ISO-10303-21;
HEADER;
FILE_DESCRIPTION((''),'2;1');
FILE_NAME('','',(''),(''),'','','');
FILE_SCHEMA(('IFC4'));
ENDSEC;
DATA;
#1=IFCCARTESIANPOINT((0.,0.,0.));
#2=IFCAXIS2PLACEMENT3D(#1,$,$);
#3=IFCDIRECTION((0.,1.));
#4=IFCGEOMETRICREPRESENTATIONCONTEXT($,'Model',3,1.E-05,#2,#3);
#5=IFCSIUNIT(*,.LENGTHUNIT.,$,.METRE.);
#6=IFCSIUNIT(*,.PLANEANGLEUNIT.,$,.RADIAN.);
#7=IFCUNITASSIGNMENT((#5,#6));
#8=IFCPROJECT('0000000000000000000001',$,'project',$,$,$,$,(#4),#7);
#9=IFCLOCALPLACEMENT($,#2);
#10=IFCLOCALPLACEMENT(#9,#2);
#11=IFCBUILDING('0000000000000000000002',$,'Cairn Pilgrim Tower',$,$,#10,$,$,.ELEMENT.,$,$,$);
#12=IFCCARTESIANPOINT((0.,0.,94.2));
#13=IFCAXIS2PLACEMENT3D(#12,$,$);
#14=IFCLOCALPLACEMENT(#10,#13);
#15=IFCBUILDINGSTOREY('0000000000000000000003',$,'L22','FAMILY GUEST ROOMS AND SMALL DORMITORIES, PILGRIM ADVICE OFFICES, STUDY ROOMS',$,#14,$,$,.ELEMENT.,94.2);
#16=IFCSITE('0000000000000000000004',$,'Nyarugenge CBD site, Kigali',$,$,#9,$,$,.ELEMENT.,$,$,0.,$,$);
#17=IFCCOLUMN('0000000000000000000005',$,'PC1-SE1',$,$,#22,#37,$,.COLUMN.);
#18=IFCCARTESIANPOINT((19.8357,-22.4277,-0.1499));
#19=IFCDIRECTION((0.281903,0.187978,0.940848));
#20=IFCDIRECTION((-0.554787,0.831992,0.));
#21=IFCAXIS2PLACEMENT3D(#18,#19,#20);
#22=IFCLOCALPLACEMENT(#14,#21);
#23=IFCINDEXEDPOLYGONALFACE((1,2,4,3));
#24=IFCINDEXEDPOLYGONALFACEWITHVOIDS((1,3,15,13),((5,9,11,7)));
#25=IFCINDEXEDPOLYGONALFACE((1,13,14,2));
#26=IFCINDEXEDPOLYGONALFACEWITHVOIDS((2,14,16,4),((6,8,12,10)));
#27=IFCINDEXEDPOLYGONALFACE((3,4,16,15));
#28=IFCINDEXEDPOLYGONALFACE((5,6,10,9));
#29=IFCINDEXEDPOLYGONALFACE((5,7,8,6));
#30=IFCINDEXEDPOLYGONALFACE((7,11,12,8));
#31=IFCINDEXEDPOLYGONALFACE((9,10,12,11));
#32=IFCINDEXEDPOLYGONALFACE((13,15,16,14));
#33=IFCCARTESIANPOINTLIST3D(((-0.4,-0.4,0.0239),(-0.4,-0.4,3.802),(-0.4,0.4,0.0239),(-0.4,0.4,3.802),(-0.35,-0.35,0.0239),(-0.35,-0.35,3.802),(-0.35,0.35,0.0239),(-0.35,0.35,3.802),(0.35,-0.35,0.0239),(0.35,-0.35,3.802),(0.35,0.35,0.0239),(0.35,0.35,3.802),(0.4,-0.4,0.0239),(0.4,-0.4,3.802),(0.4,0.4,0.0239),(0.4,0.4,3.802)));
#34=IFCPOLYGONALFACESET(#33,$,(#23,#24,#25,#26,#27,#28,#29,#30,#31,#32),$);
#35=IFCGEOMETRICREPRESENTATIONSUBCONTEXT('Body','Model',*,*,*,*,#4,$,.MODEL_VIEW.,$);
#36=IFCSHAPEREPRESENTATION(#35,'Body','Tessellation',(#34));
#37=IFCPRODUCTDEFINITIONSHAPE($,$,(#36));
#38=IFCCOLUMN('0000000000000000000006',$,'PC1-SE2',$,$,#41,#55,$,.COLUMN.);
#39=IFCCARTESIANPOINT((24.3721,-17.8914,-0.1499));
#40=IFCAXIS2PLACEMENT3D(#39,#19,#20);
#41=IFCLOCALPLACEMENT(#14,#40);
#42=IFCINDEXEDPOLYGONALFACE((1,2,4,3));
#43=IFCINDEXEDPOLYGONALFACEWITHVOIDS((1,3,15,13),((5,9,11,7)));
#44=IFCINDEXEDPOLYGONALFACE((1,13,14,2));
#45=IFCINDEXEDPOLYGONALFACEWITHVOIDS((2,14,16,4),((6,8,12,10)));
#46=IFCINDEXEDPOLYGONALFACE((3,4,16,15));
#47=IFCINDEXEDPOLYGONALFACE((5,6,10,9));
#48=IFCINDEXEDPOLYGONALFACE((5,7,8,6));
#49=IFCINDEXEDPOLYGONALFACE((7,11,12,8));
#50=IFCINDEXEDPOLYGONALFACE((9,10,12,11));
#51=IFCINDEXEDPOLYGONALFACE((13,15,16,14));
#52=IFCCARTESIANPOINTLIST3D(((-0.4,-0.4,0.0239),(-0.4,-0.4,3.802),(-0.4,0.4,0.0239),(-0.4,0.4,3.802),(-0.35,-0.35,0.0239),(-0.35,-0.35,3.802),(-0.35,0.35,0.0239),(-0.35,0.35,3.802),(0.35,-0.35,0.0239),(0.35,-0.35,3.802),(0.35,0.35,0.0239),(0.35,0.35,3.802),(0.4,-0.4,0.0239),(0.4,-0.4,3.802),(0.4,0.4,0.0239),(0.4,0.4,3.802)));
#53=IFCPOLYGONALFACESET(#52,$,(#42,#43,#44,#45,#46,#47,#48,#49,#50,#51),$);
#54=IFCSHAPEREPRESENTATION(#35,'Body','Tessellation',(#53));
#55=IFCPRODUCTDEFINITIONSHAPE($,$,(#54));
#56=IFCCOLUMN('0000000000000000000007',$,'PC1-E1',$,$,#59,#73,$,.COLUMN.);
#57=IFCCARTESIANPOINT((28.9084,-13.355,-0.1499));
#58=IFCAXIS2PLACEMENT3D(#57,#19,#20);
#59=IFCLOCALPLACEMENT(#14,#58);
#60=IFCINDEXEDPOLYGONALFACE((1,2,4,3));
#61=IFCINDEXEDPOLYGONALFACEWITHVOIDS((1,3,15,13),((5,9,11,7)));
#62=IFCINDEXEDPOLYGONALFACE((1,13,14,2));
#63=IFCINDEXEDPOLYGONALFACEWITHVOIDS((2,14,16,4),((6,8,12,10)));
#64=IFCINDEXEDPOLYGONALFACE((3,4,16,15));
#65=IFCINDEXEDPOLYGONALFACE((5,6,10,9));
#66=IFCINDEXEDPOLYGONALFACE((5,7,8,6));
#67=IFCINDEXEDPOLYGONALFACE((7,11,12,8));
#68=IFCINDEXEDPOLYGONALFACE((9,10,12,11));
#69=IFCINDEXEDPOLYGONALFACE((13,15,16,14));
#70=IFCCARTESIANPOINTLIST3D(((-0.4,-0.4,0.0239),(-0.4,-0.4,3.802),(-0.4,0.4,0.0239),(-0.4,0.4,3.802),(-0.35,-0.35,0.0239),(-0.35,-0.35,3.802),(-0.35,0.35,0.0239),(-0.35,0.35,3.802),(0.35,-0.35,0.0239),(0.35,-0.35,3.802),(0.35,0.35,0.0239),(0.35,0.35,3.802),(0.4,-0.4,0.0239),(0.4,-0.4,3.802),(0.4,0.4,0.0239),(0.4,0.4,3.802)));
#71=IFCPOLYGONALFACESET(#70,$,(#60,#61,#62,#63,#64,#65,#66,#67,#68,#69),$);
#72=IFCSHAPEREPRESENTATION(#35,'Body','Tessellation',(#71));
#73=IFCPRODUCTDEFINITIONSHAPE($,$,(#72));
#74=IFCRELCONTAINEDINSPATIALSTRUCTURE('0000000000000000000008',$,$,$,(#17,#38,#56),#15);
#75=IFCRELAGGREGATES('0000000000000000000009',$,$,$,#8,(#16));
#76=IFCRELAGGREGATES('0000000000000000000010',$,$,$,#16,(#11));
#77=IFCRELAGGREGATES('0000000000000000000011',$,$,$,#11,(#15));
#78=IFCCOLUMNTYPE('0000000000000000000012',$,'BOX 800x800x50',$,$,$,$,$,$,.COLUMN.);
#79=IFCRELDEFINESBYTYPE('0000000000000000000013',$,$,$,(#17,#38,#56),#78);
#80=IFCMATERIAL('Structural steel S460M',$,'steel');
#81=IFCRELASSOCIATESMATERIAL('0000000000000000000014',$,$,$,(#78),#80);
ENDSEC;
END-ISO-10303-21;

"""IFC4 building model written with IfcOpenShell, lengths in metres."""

from ifc_helpers import new_model, si_unit, direction, frame, origin, origin_2d, place, context, subcontext, project, spatial, hollow_rectangle, extrude, clip, halfspace, material, material_profile, profile_set, type_object, element, save


model = new_model("IFC4")

# Units and contexts
model_context = context("Model", 3, precision=1e-05, world=origin(), true_north=direction((0.0, 1.0)))
body_context = subcontext(model_context, "Body", "Model", "MODEL_VIEW")
ifc_project = project(units=[si_unit("LENGTHUNIT", "METRE"), si_unit("PLANEANGLEUNIT", "RADIAN")], contexts=[model_context])

# Site, building, storey
site_placement = place(None, origin())
site = spatial("IfcSite", under=ifc_project, at=site_placement, Name="Nyarugenge CBD site, Kigali", CompositionType="ELEMENT", RefElevation=0.0)
building_placement = place(site_placement, origin())
building = spatial("IfcBuilding", under=site, at=building_placement, Name="Cairn Pilgrim Tower", CompositionType="ELEMENT")
storey_placement = place(building_placement, frame((0.0, 0.0, 94.2)))
storey = spatial("IfcBuildingStorey", under=building, at=storey_placement, Name="L22", Description="FAMILY GUEST ROOMS AND SMALL DORMITORIES, PILGRIM ADVICE OFFICES, STUDY ROOMS", CompositionType="ELEMENT", Elevation=94.2)

# Columns
ifc_material_1 = material(Name="Structural steel S460M", Category="steel")
ifc_material_profile_1 = material_profile(ifc_material_1, hollow_rectangle(XDim=0.8, YDim=0.8, WallThickness=0.05, at=origin_2d()), Name="BOX 800x800x50")
ifc_profile_set_1 = profile_set([ifc_material_profile_1], Name="Structural steel S460M")
column_type = type_object("IfcColumnType", Name="BOX 800x800x50", PredefinedType="COLUMN", material=ifc_profile_set_1)
for number, where, z_axis, x_axis, name in (
    (1, (19.8357, -22.4277, -0.1499), (0.281903, 0.187978, 0.940848), (-0.554787, 0.831992, 0.0), "PC1-SE1"),
    (2, (24.3721, -17.8914, -0.1499), (0.281903, 0.187978, 0.940848), (-0.554787, 0.831992, 0.0), "PC1-SE2"),
    (3, (28.9084, -13.355, -0.1499), (0.281903, 0.187978, 0.940848), (-0.554787, 0.831992, 0.0), "PC1-E1"),
):
    element("IfcColumn", number, at=place(storey_placement, frame(where, z_axis=z_axis, x_axis=x_axis)), inside=storey, type_object=column_type, Name=name, PredefinedType="COLUMN", context=body_context, shape_type="Clipping", body=[
        clip(clip(extrude(hollow_rectangle(XDim=0.8, YDim=0.8, WallThickness=0.05, at=origin_2d()), origin(), (0.0, 0.0, 1.0), 3.8262), halfspace(frame((0.0, 0.0, 0.0239), z_axis=(0.0, 0.0, 1.0), x_axis=(1.0, 0.0, 0.0)), True)), halfspace(frame((0.0, 0.0, 3.802), z_axis=(0.0, 0.0, 1.0), x_axis=(1.0, 0.0, 0.0)), False)),
    ])

save(model, "model.ifc")
